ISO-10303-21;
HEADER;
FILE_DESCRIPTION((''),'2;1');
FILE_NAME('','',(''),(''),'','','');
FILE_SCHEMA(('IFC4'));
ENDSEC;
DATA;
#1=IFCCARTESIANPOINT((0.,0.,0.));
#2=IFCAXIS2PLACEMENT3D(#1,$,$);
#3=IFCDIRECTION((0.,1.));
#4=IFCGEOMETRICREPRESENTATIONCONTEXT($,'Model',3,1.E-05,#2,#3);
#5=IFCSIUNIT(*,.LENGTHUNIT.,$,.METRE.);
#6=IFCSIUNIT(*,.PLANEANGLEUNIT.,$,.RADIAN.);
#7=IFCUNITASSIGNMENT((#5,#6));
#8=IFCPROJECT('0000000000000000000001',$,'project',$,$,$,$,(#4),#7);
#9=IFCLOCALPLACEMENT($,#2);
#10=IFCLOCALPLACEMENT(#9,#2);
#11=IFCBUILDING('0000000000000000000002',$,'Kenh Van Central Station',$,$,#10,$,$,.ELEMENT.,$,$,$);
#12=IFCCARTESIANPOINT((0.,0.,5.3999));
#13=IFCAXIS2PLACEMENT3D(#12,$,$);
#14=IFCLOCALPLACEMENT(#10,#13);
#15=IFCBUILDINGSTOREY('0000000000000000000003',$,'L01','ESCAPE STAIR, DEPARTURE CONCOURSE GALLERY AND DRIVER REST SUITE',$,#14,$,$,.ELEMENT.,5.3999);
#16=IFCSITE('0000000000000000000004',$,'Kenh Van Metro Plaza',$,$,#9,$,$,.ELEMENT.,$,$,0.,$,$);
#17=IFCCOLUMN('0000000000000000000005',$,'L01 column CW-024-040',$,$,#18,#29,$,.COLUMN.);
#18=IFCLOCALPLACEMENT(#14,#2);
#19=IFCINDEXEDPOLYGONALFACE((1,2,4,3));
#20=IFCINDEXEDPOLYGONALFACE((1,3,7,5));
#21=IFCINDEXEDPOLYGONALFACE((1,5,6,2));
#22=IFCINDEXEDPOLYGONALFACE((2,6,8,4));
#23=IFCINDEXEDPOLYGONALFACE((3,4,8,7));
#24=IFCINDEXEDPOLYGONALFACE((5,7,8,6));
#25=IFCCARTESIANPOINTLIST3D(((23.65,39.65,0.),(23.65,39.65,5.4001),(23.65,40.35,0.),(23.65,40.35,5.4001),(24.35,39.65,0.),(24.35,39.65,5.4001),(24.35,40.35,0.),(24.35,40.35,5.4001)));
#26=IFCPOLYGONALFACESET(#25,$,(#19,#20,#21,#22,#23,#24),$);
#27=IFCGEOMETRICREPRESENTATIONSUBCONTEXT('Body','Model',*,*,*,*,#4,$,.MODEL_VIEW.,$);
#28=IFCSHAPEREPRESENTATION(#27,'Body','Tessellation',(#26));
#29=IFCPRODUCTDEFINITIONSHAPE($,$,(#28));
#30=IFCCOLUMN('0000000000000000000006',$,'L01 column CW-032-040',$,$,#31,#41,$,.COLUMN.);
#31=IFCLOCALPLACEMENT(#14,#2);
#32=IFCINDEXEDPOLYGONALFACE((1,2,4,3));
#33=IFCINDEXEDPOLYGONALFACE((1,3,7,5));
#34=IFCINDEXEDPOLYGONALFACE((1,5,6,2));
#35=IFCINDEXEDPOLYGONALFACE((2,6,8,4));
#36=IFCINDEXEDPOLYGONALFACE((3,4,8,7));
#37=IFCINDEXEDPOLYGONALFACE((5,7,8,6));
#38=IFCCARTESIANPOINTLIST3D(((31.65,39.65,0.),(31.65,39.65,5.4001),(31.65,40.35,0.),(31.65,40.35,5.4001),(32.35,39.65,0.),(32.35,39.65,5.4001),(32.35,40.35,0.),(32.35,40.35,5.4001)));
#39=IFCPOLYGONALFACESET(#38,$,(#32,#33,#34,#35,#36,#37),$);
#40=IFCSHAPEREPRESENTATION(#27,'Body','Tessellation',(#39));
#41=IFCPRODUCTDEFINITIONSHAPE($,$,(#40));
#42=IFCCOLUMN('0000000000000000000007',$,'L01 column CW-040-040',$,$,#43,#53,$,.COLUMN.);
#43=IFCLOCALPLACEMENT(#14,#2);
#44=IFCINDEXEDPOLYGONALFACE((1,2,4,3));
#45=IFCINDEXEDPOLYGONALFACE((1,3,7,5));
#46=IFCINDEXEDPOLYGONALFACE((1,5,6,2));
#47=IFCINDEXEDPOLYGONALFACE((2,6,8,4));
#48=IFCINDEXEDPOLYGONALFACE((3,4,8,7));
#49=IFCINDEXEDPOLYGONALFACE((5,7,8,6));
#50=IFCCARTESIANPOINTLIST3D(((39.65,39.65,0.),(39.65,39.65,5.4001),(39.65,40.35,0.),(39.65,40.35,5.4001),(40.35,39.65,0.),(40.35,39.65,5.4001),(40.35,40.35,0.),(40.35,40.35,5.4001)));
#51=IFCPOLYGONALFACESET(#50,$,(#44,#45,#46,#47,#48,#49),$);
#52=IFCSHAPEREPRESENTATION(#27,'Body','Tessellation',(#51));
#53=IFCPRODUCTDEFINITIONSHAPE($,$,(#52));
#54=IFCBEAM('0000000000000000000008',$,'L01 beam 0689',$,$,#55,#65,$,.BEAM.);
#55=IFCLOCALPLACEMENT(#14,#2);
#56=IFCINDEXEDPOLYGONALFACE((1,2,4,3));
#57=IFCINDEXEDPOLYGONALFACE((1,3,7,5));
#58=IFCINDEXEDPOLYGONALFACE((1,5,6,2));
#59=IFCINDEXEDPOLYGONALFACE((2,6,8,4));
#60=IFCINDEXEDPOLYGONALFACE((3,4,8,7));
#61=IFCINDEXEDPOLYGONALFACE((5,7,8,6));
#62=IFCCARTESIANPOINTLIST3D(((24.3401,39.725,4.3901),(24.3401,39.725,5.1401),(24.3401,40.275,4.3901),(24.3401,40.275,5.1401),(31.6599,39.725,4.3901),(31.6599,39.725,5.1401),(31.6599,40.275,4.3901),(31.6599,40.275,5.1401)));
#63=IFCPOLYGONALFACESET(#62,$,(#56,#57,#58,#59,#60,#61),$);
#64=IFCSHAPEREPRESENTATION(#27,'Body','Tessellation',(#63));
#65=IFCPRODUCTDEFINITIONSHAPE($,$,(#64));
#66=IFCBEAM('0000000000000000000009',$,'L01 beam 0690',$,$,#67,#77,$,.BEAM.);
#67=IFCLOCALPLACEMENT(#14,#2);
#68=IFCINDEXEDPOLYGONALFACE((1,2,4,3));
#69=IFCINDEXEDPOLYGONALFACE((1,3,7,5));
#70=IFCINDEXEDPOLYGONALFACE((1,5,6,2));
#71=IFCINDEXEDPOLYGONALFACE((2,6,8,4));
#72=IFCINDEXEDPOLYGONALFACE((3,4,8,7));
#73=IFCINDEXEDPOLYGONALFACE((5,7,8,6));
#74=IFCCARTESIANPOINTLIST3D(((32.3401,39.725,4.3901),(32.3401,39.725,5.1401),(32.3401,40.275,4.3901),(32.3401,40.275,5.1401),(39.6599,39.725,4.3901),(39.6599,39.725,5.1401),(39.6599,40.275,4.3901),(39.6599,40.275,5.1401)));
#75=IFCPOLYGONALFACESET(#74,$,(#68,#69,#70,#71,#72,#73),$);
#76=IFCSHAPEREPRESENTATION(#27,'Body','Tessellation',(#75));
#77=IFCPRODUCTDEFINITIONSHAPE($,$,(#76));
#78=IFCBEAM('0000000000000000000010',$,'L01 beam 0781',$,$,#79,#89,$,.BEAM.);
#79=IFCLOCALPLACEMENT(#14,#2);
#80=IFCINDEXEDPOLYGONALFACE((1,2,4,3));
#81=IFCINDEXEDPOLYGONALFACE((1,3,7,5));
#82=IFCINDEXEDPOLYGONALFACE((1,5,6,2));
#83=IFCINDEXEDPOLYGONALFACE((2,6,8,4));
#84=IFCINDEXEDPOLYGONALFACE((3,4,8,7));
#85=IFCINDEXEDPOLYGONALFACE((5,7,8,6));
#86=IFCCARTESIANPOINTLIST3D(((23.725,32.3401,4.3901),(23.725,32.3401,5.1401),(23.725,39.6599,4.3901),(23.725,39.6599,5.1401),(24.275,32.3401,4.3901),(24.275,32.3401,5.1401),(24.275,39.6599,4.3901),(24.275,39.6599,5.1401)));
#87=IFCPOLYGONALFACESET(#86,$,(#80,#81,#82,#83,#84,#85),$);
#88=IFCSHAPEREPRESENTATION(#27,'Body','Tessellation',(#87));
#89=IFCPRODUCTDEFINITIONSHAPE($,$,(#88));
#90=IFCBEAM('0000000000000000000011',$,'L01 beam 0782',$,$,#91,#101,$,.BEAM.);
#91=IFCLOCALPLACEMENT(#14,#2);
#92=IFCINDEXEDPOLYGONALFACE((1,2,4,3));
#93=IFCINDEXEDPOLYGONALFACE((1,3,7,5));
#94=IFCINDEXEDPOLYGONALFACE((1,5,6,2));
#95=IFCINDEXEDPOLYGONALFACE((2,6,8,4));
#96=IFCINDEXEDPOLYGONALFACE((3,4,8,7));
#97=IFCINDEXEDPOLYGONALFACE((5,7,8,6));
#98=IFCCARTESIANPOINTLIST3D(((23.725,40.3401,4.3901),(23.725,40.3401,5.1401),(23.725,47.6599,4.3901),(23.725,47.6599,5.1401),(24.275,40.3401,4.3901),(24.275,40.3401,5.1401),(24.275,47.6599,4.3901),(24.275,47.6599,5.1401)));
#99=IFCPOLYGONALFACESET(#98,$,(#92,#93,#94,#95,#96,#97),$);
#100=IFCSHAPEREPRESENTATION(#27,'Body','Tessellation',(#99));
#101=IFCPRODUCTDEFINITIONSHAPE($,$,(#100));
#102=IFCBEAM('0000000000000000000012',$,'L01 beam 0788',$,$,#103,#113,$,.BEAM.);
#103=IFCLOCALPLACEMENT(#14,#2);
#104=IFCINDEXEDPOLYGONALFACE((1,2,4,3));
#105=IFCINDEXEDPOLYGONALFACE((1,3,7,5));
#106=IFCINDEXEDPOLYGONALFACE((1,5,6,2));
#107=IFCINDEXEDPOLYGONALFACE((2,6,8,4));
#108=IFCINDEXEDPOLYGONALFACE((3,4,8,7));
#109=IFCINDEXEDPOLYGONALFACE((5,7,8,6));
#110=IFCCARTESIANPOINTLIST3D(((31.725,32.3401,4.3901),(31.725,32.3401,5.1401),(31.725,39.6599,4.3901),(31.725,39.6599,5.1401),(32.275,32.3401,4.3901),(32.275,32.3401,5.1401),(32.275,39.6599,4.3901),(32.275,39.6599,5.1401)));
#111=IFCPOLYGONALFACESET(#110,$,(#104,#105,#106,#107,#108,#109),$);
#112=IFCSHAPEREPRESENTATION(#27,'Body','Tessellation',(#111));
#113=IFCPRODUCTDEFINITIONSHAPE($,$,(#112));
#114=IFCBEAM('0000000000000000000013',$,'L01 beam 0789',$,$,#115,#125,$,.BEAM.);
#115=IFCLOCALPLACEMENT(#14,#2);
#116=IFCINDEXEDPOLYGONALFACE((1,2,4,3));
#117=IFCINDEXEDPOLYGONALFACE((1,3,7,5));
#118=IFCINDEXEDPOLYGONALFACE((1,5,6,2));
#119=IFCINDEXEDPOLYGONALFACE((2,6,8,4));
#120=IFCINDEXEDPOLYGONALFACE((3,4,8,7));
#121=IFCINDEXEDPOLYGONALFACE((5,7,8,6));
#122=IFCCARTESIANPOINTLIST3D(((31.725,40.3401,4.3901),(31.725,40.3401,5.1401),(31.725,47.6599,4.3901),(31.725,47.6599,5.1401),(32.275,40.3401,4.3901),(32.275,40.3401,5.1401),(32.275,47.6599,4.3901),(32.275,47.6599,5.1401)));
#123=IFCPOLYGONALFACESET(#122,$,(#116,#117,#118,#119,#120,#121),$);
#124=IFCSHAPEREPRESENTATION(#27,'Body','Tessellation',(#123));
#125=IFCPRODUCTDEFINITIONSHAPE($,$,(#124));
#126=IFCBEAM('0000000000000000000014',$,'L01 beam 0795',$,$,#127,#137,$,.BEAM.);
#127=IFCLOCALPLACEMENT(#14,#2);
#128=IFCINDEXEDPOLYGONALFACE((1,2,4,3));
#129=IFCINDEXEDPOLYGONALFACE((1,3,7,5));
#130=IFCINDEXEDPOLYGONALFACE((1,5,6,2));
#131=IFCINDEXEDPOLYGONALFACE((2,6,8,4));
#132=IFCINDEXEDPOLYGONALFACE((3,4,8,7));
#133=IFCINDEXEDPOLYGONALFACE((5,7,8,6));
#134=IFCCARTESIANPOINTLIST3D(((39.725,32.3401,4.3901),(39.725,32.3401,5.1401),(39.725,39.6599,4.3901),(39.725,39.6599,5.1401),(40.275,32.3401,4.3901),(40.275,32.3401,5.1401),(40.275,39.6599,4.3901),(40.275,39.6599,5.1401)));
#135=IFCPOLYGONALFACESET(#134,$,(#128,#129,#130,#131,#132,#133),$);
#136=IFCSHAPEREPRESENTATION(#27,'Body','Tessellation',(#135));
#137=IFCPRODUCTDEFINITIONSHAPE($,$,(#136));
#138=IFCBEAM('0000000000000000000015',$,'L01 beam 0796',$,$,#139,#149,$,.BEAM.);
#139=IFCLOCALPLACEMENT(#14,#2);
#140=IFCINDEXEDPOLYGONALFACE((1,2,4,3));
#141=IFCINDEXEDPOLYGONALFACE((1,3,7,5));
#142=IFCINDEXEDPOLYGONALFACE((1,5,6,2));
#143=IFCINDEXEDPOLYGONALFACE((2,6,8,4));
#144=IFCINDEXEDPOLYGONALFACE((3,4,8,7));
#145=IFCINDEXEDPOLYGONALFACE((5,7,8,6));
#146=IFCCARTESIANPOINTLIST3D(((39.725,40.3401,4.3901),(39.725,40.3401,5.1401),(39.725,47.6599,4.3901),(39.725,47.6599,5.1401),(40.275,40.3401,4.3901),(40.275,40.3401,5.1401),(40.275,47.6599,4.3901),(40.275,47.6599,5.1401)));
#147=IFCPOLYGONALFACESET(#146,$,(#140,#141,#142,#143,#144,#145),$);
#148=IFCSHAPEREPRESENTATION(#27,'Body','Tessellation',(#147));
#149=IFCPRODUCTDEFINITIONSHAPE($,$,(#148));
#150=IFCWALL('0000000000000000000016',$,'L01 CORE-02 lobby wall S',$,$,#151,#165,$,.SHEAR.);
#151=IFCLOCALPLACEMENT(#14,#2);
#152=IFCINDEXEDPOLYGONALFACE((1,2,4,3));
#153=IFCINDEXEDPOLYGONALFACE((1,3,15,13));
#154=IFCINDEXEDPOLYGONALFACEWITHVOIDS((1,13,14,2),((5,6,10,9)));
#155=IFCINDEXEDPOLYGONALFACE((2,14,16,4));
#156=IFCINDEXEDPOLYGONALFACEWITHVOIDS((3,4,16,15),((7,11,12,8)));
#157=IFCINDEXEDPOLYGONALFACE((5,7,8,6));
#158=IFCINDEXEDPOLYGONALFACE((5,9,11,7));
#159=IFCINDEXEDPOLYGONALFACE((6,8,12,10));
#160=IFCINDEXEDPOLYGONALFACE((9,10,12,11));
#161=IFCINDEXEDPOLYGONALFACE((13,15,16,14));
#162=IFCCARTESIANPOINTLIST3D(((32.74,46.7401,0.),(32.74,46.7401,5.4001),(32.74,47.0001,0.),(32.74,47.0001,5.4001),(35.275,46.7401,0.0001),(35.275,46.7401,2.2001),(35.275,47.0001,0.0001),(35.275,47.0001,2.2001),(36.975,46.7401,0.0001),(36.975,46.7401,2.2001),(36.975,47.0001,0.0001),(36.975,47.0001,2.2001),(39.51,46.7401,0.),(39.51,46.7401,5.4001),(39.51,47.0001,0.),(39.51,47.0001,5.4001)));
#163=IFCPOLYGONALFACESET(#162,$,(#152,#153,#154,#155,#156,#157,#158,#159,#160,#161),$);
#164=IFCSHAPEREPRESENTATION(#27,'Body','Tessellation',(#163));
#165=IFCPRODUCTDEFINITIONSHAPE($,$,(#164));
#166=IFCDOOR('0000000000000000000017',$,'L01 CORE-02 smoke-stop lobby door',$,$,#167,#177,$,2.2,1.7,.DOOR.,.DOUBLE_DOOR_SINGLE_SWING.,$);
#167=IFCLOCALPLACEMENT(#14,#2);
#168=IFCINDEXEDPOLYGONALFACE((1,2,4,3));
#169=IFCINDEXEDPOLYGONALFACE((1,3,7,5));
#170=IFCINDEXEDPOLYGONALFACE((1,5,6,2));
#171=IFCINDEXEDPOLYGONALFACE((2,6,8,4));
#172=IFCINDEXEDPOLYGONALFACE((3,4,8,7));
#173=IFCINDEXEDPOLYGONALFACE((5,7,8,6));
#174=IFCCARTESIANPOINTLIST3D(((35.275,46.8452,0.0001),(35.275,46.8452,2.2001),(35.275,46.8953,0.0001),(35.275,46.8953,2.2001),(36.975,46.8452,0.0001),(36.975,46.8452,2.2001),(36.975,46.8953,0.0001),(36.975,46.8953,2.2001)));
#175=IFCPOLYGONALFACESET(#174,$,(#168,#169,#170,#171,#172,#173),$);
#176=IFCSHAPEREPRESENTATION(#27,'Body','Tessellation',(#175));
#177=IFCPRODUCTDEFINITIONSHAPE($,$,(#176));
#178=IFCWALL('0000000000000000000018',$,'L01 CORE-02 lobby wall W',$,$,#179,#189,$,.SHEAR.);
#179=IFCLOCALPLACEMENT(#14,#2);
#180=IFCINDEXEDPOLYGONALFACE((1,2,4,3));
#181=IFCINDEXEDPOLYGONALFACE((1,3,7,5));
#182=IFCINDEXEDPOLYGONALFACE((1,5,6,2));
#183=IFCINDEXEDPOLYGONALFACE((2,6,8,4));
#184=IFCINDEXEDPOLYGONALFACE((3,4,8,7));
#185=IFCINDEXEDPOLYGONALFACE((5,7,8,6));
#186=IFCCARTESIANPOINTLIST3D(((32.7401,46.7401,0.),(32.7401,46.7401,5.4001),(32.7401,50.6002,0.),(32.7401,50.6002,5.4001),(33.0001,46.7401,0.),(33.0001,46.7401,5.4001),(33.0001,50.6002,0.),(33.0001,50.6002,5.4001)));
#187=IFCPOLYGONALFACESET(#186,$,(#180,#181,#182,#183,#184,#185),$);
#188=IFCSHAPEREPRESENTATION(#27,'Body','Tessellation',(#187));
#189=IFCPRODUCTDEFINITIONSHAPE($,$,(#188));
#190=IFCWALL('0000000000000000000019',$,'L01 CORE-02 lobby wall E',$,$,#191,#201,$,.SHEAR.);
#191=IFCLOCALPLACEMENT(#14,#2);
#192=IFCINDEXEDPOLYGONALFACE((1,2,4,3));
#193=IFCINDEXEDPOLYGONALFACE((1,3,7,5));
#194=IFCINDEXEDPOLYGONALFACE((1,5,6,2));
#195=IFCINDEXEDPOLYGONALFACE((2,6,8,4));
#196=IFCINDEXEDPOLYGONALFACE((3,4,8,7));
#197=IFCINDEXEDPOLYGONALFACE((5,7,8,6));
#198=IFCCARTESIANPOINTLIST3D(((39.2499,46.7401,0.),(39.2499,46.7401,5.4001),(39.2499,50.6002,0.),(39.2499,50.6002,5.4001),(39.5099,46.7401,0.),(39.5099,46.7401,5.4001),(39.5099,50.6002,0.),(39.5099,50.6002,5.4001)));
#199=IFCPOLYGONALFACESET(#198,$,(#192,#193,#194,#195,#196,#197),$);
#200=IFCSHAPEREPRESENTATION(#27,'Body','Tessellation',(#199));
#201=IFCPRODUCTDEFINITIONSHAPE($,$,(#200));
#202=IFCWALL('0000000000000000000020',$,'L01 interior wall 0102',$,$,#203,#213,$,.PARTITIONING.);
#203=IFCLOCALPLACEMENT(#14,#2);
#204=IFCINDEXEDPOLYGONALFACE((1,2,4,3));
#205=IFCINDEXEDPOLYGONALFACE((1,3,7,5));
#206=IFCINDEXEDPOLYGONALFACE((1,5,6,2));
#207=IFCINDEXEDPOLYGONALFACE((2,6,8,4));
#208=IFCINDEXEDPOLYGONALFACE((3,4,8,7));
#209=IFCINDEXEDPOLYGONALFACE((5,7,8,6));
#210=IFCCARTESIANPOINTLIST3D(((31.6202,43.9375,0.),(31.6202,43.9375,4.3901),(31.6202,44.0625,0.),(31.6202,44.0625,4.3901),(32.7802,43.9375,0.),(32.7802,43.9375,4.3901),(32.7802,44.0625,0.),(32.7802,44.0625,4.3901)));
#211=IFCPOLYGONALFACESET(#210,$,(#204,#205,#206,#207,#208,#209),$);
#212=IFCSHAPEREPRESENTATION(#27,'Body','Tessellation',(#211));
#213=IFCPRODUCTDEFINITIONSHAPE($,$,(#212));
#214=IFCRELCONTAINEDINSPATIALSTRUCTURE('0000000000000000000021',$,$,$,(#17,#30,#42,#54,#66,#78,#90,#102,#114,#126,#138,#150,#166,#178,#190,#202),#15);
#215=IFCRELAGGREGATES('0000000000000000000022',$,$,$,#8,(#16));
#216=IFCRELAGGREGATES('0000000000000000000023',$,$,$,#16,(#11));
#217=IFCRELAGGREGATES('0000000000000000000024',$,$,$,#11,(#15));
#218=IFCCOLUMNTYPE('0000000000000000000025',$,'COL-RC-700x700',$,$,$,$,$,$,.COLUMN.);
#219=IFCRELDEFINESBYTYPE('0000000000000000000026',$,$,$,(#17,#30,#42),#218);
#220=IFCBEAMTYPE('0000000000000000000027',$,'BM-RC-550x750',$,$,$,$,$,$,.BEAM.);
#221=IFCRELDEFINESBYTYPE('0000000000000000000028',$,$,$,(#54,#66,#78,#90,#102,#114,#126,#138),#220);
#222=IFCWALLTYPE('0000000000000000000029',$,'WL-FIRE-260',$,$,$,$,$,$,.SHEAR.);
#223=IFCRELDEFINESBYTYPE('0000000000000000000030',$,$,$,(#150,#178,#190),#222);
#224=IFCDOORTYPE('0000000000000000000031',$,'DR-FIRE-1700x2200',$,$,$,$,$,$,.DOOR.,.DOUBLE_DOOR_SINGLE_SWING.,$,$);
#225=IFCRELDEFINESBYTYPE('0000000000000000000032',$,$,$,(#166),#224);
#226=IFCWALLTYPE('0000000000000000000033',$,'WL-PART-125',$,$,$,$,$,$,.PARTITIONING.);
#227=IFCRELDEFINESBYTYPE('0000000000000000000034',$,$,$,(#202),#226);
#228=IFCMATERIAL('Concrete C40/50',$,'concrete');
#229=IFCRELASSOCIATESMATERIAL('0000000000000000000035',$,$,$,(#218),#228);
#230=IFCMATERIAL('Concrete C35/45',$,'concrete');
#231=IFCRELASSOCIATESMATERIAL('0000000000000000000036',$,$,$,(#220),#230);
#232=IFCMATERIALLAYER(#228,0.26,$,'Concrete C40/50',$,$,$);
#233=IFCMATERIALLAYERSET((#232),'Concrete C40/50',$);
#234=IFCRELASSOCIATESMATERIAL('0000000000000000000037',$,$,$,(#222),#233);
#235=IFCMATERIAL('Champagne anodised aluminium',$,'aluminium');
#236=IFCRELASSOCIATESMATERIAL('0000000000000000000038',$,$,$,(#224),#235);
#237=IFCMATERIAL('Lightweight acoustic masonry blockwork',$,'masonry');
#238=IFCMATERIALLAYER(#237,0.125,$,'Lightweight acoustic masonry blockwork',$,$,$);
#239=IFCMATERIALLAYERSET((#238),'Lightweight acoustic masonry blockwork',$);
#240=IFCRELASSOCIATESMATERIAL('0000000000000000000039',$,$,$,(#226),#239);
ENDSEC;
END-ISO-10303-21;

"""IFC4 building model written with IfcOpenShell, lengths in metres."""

from ifc_helpers import new_model, si_unit, direction, frame, frame_2d, origin, origin_2d, place, context, subcontext, project, spatial, rectangle, extrude, material, layer, layer_set, material_profile, profile_set, type_object, element, fill, save


model = new_model("IFC4")

# Units and contexts
model_context = context("Model", 3, precision=1e-05, world=origin(), true_north=direction((0.0, 1.0)))
body_context = subcontext(model_context, "Body", "Model", "MODEL_VIEW")
ifc_project = project(units=[si_unit("LENGTHUNIT", "METRE"), si_unit("PLANEANGLEUNIT", "RADIAN")], contexts=[model_context])

# Site, building, storey
site_placement = place(None, origin())
site = spatial("IfcSite", under=ifc_project, at=site_placement, Name="Kenh Van Metro Plaza", CompositionType="ELEMENT", RefElevation=0.0)
building_placement = place(site_placement, origin())
building = spatial("IfcBuilding", under=site, at=building_placement, Name="Kenh Van Central Station", CompositionType="ELEMENT")
storey_placement = place(building_placement, frame((0.0, 0.0, 5.3999)))
storey = spatial("IfcBuildingStorey", under=building, at=storey_placement, Name="L01", Description="ESCAPE STAIR, DEPARTURE CONCOURSE GALLERY AND DRIVER REST SUITE", CompositionType="ELEMENT", Elevation=5.3999)

# Columns
ifc_material_1 = material(Name="Concrete C40/50", Category="concrete")
ifc_material_profile_1 = material_profile(ifc_material_1, rectangle(XDim=0.7, YDim=0.7, at=origin_2d()), Name="RC 700x700")
ifc_profile_set_1 = profile_set([ifc_material_profile_1], Name="Concrete C40/50")
column_type = type_object("IfcColumnType", Name="COL-RC-700x700", PredefinedType="COLUMN", material=ifc_profile_set_1)
for number, where, z_axis, x_axis, name in (
    (1, (24.0, 40.0, 0.0), (0.0, 0.0, 1.0), (1.0, 0.0, 0.0), "L01 column CW-024-040"),
    (2, (32.0, 40.0, 0.0), (0.0, 0.0, 1.0), (1.0, 0.0, 0.0), "L01 column CW-032-040"),
    (3, (40.0, 40.0, 0.0), (0.0, 0.0, 1.0), (1.0, 0.0, 0.0), "L01 column CW-040-040"),
):
    element("IfcColumn", number, at=place(storey_placement, frame(where, z_axis=z_axis, x_axis=x_axis)), inside=storey, type_object=column_type, Name=name, PredefinedType="COLUMN", context=body_context, shape_type="SweptSolid", body=[
        extrude(rectangle(XDim=0.7, YDim=0.7, at=origin_2d()), origin(), (0.0, 0.0, 1.0), 5.4001),
    ])

# Beams
ifc_material_2 = material(Name="Concrete C35/45", Category="concrete")
ifc_material_profile_2 = material_profile(ifc_material_2, rectangle(XDim=0.55, YDim=0.75, at=origin_2d()), Name="RC 550x750")
ifc_profile_set_2 = profile_set([ifc_material_profile_2], Name="Concrete C35/45")
beam_type = type_object("IfcBeamType", Name="BM-RC-550x750", PredefinedType="BEAM", material=ifc_profile_set_2)
for number, where, z_axis, x_axis, name in (
    (4, (24.3401, 40.0, 4.7651), (1.0, 0.0, 0.0), (0.0, 1.0, 0.0), "L01 beam 0689"),
    (5, (32.3401, 40.0, 4.7651), (1.0, 0.0, 0.0), (0.0, 1.0, 0.0), "L01 beam 0690"),
    (6, (24.0, 32.3401, 4.7651), (0.0, 1.0, 0.0), (-1.0, 0.0, 0.0), "L01 beam 0781"),
    (7, (24.0, 40.3401, 4.7651), (0.0, 1.0, 0.0), (-1.0, 0.0, 0.0), "L01 beam 0782"),
    (8, (32.0, 32.3401, 4.7651), (0.0, 1.0, 0.0), (-1.0, 0.0, 0.0), "L01 beam 0788"),
    (9, (32.0, 40.3401, 4.7651), (0.0, 1.0, 0.0), (-1.0, 0.0, 0.0), "L01 beam 0789"),
    (10, (40.0, 32.3401, 4.7651), (0.0, 1.0, 0.0), (-1.0, 0.0, 0.0), "L01 beam 0795"),
    (11, (40.0, 40.3401, 4.7651), (0.0, 1.0, 0.0), (-1.0, 0.0, 0.0), "L01 beam 0796"),
):
    element("IfcBeam", number, at=place(storey_placement, frame(where, z_axis=z_axis, x_axis=x_axis)), inside=storey, type_object=beam_type, Name=name, PredefinedType="BEAM", context=body_context, shape_type="SweptSolid", body=[
        extrude(rectangle(XDim=0.55, YDim=0.75, at=origin_2d()), origin(), (0.0, 0.0, 1.0), 7.3198),
    ])

# Wall, opening, door
ifc_layer_1 = layer(ifc_material_1, 0.26, Name="Concrete C40/50")
ifc_layer_set_1 = layer_set([ifc_layer_1], Name="Concrete C40/50")
wall_type_1 = type_object("IfcWallType", Name="WL-FIRE-260", PredefinedType="SHEAR", material=ifc_layer_set_1)
wall_1_placement = place(storey_placement, frame((39.51, 46.8701, 0.0), z_axis=(0.0, 0.0, 1.0), x_axis=(-1.0, 0.0, 0.0)))
wall_1 = element("IfcWall", 12, at=wall_1_placement, inside=storey, type_object=wall_type_1, Name="L01 CORE-02 lobby wall S", PredefinedType="SHEAR", context=body_context, shape_type="SweptSolid", body=[
    extrude(rectangle(XDim=6.77, YDim=0.26, at=frame_2d((3.385, 0.0))), origin(), (0.0, 0.0, 1.0), 5.4001),
])
opening_1_placement = place(wall_1_placement, frame((2.5349, 0.0, 0.0)))
opening_1 = element("IfcOpeningElement", 13, at=opening_1_placement, cuts=wall_1, PredefinedType="OPENING", context=body_context, shape_type="SweptSolid", body=[
    extrude(rectangle(XDim=1.7, YDim=2.2, at=frame_2d((0.8501, 1.1001))), frame((0.0, 0.1399, 0.0), z_axis=(0.0, -1.0, 0.0), x_axis=(1.0, 0.0, 0.0)), (0.0, 0.0, 1.0), 0.28),
])
ifc_material_3 = material(Name="Champagne anodised aluminium", Category="aluminium")
door_type_1 = type_object("IfcDoorType", Name="DR-FIRE-1700x2200", OperationType="DOUBLE_DOOR_SINGLE_SWING", PredefinedType="DOOR", material=ifc_material_3)
door_1_placement = place(opening_1_placement, origin())
door_1 = element("IfcDoor", 14, at=door_1_placement, inside=storey, type_object=door_type_1, Name="L01 CORE-02 smoke-stop lobby door", OperationType="DOUBLE_DOOR_SINGLE_SWING", OverallHeight=2.2, OverallWidth=1.7, PredefinedType="DOOR", context=body_context, shape_type="SweptSolid", body=[
    extrude(rectangle(XDim=1.7, YDim=2.2, at=frame_2d((0.8501, 1.1001))), frame((0.0, 0.0249, 0.0), z_axis=(0.0, -1.0, 0.0), x_axis=(1.0, 0.0, 0.0)), (0.0, 0.0, 1.0), 0.05),
])
fill(opening_1, door_1)

# Walls
for number, where, z_axis, x_axis, name in (
    (15, (32.8701, 46.74, 0.0), (0.0, 0.0, 1.0), (0.0, 1.0, 0.0), "L01 CORE-02 lobby wall W"),
    (16, (39.3799, 46.74, 0.0), (0.0, 0.0, 1.0), (0.0, 1.0, 0.0), "L01 CORE-02 lobby wall E"),
):
    element("IfcWall", number, at=place(storey_placement, frame(where, z_axis=z_axis, x_axis=x_axis)), inside=storey, type_object=wall_type_1, Name=name, PredefinedType="SHEAR", context=body_context, shape_type="SweptSolid", body=[
        extrude(rectangle(XDim=3.8601, YDim=0.26, at=frame_2d((1.9302, 0.0))), origin(), (0.0, 0.0, 1.0), 5.4001),
    ])
ifc_material_4 = material(Name="Lightweight acoustic masonry blockwork", Category="masonry")
ifc_layer_2 = layer(ifc_material_4, 0.125, Name="Lightweight acoustic masonry blockwork")
ifc_layer_set_2 = layer_set([ifc_layer_2], Name="Lightweight acoustic masonry blockwork")
wall_type_2 = type_object("IfcWallType", Name="WL-PART-125", PredefinedType="PARTITIONING", material=ifc_layer_set_2)
wall_2_placement = place(storey_placement, frame((31.6201, 44.0, 0.0), z_axis=(0.0, 0.0, 1.0), x_axis=(1.0, 0.0, 0.0)))
element("IfcWall", 17, at=wall_2_placement, inside=storey, type_object=wall_type_2, Name="L01 interior wall 0102", PredefinedType="PARTITIONING", context=body_context, shape_type="SweptSolid", body=[
    extrude(rectangle(XDim=1.1599, YDim=0.125, at=frame_2d((0.5801, 0.0))), origin(), (0.0, 0.0, 1.0), 4.3901),
])

save(model, "model.ifc")
